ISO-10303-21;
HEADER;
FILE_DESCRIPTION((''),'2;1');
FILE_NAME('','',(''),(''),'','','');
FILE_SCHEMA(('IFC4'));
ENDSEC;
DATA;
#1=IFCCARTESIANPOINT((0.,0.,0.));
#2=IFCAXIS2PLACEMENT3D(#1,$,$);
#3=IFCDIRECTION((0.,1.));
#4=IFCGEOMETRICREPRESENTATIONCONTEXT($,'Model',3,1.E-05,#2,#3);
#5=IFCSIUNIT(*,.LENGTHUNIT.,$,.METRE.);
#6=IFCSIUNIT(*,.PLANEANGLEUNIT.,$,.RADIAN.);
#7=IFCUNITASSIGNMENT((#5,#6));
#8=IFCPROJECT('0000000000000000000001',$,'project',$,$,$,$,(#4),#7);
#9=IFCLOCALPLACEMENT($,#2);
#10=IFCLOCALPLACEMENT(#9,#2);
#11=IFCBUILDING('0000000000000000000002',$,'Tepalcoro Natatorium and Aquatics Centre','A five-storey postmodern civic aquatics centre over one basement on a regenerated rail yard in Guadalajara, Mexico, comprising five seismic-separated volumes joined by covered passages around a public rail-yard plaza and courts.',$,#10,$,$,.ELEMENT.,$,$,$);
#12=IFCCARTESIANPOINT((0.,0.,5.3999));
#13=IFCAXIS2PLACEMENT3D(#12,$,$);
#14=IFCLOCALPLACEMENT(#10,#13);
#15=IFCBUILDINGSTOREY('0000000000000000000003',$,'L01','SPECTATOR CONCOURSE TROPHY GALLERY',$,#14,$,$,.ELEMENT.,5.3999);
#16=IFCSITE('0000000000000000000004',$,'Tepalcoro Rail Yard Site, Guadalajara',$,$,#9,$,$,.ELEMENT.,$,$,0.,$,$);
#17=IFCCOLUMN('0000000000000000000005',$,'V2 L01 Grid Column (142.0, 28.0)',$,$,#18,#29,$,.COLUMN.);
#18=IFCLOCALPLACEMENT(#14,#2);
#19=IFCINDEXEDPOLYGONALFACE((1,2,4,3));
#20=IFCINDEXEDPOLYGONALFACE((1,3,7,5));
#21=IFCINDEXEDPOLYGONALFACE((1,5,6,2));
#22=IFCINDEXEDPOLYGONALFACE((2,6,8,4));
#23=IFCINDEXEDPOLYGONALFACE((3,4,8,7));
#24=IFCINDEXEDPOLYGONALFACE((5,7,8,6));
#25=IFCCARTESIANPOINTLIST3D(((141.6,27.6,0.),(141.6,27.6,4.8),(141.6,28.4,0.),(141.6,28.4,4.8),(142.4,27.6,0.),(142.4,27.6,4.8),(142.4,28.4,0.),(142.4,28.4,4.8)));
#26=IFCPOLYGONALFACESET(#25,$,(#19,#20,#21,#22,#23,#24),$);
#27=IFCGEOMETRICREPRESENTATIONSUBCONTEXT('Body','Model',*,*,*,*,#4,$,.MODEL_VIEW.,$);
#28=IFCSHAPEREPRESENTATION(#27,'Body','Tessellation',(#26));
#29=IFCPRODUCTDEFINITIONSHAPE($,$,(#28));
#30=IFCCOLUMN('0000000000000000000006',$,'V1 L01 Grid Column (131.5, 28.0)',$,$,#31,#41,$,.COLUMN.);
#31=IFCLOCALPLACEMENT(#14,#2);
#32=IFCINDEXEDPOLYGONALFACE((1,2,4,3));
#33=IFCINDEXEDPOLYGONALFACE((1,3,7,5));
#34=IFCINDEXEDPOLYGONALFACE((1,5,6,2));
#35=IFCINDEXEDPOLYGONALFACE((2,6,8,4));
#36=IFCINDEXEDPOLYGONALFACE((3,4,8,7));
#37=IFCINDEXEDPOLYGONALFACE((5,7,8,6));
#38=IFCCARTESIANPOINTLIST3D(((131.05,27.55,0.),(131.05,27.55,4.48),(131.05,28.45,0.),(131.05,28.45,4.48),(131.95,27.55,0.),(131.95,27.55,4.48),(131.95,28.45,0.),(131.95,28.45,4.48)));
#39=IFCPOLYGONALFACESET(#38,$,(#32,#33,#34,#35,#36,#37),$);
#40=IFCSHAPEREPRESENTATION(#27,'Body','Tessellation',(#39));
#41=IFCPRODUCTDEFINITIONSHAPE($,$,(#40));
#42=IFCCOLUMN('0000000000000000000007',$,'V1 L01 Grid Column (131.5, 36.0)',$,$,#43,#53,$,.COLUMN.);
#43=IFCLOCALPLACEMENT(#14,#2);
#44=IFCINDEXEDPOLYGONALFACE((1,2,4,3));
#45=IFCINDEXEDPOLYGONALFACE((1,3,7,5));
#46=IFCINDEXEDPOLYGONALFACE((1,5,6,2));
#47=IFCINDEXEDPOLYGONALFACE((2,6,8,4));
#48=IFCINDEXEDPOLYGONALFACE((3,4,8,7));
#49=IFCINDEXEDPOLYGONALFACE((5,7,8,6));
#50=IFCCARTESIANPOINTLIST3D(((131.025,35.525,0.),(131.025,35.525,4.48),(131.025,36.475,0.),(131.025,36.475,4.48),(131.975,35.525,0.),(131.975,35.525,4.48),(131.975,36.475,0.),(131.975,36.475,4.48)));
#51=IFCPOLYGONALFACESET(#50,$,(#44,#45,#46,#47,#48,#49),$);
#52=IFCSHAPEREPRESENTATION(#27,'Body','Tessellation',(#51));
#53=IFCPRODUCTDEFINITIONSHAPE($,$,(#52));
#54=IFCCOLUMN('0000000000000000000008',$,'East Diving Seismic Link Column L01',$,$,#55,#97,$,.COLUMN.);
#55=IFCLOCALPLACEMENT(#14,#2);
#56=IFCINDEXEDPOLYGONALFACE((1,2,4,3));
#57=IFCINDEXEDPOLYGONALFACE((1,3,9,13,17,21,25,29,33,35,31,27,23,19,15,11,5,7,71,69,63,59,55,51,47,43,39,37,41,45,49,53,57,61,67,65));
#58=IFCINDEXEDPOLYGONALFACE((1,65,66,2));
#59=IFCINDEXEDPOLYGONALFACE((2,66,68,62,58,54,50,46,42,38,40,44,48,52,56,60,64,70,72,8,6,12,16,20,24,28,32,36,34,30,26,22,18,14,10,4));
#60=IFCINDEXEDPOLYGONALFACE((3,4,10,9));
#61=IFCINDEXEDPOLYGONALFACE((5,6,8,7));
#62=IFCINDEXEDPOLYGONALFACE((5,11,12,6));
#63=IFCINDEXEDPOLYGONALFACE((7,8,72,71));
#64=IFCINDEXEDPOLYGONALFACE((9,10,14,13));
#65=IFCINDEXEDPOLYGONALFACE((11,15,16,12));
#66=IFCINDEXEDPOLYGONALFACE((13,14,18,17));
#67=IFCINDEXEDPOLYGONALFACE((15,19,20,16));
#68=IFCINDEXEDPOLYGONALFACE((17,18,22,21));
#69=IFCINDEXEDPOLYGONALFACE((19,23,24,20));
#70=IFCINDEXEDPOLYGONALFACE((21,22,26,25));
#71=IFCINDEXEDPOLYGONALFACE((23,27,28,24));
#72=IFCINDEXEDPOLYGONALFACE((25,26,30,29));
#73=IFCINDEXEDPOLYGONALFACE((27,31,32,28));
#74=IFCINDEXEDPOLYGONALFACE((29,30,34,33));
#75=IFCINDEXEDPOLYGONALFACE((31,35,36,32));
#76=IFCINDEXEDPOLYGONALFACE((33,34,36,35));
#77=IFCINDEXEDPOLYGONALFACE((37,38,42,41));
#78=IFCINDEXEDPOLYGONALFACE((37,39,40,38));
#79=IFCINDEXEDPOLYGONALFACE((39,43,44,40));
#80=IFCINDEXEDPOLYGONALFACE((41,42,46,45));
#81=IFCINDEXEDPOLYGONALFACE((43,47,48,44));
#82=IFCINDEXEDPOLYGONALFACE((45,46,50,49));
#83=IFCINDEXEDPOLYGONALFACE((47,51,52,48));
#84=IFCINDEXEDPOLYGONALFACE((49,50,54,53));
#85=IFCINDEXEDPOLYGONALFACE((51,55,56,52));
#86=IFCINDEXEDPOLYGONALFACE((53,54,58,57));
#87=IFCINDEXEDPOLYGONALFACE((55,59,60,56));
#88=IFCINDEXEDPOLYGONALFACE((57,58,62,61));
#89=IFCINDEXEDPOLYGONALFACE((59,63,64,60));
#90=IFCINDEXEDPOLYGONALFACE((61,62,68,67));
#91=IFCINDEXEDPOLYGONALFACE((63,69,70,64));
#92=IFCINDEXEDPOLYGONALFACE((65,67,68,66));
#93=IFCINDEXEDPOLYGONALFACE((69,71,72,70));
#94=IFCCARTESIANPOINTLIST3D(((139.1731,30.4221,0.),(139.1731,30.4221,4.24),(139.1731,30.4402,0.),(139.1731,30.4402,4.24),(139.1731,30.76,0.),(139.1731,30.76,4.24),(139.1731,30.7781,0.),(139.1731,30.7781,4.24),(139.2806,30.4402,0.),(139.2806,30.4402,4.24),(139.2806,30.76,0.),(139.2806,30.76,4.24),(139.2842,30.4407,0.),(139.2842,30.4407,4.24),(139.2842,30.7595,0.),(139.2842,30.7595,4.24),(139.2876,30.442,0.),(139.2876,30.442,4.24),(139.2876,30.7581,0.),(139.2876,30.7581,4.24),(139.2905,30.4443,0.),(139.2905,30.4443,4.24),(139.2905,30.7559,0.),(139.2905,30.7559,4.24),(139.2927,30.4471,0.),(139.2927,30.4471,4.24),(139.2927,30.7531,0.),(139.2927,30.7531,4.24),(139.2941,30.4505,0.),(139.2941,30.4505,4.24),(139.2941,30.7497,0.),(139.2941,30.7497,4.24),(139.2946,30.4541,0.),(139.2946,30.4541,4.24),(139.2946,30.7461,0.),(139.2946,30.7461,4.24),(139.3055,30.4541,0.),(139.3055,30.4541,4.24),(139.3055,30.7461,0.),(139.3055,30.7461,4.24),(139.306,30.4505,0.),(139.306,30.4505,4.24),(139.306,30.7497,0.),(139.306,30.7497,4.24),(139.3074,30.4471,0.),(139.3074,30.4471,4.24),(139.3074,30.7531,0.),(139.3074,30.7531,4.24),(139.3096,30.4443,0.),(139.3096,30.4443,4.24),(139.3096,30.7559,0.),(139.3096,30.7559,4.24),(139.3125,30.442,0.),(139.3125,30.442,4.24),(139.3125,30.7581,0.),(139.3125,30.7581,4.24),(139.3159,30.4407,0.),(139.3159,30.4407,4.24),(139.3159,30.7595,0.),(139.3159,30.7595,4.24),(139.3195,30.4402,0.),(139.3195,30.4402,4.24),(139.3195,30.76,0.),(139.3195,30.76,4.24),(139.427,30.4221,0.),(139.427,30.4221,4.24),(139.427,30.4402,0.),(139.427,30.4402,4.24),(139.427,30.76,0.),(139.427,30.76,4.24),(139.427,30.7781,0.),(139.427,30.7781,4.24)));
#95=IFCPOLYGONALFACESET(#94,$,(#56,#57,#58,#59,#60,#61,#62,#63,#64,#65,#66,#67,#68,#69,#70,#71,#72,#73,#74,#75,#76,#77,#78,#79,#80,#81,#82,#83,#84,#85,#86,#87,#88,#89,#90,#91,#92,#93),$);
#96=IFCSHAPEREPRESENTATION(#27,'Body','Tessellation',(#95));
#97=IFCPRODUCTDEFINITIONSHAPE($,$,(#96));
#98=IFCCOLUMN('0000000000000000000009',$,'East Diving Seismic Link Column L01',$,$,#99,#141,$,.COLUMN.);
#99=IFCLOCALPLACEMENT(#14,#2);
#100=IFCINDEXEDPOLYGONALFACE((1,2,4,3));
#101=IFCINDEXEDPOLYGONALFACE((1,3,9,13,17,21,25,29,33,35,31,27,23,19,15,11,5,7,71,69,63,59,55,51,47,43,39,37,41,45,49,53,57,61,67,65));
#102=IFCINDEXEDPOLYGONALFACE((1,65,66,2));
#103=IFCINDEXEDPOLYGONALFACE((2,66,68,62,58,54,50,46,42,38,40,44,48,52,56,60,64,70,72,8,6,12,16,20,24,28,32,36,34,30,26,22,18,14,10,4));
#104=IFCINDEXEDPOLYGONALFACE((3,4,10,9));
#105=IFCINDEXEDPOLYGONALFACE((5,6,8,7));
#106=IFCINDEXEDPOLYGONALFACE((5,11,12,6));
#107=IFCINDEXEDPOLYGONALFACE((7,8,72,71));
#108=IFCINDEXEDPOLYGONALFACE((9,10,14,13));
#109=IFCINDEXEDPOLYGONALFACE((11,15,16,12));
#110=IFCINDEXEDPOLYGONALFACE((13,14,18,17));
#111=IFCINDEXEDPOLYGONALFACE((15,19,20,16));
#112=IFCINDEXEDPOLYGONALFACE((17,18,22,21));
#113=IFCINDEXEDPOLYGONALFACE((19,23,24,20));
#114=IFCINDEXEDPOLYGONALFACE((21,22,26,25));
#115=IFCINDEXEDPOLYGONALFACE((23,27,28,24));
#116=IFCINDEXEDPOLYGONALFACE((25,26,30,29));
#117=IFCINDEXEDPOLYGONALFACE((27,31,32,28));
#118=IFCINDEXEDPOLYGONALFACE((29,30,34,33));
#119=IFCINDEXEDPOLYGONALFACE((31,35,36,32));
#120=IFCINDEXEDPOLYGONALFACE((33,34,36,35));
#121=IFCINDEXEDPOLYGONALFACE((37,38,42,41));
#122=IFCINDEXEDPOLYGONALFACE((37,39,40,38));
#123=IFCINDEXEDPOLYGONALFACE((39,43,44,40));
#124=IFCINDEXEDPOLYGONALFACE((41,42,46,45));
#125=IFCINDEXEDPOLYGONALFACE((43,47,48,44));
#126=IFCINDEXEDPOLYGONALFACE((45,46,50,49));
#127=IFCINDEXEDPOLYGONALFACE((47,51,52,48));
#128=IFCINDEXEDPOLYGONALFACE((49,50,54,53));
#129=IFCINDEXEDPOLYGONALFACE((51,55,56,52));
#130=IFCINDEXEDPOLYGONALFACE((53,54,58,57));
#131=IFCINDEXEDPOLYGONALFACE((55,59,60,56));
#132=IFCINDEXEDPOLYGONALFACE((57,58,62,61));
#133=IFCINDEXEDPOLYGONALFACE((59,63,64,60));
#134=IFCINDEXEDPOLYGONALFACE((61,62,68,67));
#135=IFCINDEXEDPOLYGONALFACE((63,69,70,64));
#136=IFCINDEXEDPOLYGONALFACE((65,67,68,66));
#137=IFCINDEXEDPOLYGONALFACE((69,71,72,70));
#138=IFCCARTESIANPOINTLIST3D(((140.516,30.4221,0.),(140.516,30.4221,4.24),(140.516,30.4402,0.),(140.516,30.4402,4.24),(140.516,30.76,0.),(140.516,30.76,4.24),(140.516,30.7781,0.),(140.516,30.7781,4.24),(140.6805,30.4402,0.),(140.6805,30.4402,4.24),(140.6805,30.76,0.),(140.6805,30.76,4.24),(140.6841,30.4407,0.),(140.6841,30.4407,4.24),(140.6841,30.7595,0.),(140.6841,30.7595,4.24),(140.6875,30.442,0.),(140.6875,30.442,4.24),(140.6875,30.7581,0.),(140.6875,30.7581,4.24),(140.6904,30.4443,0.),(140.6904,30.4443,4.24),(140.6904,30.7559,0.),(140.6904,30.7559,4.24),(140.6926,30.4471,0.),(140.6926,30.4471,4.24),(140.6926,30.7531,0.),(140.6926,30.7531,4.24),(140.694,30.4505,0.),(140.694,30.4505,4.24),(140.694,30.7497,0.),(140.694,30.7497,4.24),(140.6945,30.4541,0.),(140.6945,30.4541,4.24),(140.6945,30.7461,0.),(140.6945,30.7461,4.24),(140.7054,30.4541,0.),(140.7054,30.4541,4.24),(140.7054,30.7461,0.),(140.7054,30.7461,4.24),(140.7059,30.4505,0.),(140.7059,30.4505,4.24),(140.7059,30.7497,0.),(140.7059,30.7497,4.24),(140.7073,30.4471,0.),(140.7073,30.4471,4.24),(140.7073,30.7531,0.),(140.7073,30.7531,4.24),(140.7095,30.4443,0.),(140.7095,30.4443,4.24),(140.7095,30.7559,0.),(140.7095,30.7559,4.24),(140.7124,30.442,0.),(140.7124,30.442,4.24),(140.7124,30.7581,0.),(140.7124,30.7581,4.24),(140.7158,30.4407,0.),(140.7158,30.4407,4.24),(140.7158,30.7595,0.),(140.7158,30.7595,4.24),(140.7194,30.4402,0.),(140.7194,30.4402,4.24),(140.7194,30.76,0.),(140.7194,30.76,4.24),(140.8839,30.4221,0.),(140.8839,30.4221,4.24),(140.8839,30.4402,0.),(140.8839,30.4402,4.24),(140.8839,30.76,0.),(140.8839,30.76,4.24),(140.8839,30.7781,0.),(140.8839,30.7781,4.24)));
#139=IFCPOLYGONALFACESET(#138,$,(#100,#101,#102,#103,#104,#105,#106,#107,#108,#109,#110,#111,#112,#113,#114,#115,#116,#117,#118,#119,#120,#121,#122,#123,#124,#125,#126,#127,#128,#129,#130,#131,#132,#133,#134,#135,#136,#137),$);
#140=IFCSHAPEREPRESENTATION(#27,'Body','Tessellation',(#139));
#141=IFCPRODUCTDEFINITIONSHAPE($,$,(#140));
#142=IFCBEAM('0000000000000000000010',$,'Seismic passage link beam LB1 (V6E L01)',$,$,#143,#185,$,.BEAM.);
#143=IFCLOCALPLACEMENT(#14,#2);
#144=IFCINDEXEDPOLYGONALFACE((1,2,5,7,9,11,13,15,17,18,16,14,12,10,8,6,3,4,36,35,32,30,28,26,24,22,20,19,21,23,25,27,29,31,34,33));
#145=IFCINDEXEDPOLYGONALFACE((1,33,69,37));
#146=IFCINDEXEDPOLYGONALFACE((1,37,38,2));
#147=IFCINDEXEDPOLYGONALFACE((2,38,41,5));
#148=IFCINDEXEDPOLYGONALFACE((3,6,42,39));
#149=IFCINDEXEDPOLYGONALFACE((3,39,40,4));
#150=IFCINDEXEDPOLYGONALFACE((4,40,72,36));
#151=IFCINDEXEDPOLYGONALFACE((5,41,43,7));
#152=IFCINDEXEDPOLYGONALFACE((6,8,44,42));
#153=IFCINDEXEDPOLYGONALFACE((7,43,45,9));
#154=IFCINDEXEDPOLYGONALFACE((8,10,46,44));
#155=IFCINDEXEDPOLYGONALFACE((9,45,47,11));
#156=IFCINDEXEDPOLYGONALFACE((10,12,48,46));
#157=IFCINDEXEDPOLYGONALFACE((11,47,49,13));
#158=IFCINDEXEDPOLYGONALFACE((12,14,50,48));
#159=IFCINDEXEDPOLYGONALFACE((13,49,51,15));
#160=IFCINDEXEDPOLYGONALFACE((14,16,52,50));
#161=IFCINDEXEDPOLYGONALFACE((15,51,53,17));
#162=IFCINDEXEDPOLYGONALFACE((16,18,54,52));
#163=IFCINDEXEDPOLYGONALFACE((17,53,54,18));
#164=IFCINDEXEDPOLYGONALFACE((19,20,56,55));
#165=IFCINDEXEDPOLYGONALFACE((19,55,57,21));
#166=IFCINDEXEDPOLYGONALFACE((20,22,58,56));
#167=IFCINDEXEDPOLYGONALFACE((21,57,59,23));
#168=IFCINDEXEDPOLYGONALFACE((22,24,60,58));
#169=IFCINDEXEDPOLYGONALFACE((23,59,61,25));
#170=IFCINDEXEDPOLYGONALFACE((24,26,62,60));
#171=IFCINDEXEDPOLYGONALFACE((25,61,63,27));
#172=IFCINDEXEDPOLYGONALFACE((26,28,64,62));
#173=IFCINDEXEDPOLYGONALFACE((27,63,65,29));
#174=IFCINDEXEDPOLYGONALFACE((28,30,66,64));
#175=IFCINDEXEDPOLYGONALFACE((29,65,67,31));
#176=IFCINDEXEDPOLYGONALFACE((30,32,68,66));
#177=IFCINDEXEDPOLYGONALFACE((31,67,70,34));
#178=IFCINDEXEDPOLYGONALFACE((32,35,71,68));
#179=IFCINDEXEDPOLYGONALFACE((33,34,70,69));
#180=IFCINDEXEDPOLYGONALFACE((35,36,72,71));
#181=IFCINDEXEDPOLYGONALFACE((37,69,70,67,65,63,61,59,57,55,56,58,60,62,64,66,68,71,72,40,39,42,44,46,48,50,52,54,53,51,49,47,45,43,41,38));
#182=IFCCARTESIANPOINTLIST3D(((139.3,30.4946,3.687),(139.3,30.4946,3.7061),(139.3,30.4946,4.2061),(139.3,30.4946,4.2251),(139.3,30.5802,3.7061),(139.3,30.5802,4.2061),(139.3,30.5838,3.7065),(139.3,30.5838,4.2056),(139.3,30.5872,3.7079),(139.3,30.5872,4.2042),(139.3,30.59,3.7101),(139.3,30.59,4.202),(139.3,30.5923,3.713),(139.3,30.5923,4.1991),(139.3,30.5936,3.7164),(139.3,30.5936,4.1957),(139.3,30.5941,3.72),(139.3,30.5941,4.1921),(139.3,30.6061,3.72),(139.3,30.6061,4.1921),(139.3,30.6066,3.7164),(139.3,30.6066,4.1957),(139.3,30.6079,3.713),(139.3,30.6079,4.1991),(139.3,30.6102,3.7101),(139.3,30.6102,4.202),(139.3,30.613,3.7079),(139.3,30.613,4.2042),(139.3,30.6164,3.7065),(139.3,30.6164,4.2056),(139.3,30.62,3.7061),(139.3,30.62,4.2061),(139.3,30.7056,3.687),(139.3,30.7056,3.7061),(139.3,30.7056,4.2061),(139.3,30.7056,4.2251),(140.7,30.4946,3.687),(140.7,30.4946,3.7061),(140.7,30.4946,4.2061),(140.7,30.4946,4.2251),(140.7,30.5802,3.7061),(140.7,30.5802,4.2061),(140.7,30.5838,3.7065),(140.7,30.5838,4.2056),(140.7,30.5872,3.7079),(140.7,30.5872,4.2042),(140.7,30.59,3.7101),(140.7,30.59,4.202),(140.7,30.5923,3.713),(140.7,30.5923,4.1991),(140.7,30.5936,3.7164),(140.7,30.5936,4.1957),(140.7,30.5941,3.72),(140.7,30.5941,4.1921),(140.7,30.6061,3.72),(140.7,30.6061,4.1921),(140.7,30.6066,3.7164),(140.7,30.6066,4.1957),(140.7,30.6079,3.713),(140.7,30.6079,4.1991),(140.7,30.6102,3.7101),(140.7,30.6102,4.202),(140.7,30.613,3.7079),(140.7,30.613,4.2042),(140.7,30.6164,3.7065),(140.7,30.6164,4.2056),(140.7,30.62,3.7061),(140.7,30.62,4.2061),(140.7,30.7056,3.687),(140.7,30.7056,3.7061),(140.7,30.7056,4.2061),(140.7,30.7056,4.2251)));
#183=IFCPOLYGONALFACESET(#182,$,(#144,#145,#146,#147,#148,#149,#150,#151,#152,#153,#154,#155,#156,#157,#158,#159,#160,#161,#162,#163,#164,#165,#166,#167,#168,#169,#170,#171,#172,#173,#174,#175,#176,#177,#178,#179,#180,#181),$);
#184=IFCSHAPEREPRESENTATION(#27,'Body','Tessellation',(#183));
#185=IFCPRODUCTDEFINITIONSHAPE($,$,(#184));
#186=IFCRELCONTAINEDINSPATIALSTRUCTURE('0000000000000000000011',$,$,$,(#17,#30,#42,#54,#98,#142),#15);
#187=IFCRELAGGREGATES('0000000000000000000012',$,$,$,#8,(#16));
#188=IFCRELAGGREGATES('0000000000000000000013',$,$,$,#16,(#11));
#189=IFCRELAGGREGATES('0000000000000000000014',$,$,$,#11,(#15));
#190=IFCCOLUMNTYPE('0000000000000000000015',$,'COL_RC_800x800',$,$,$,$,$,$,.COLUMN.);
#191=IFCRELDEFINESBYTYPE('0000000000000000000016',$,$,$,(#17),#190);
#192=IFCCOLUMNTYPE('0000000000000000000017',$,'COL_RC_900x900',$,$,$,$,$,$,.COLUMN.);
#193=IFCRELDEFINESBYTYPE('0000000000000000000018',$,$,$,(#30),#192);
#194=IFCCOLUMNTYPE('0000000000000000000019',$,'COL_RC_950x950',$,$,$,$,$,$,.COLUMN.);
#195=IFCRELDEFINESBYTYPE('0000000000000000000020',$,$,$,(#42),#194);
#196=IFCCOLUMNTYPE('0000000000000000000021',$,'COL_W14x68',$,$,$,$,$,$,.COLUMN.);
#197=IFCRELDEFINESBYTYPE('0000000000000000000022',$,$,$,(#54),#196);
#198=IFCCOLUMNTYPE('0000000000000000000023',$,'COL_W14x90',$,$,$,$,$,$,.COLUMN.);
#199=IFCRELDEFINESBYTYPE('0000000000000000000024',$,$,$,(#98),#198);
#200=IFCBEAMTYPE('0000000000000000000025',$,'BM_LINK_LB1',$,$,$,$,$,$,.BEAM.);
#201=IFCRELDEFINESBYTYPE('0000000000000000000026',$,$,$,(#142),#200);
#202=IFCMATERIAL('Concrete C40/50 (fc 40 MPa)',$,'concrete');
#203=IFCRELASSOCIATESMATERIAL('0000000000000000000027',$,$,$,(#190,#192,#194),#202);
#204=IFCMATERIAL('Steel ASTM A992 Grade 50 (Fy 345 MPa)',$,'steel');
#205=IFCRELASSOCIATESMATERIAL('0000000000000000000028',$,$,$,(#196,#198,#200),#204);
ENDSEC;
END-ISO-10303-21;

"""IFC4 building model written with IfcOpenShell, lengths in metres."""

from ifc_helpers import new_model, si_unit, direction, frame, origin, origin_2d, place, context, subcontext, project, spatial, rectangle, i_section, extrude, material, material_profile, profile_set, type_object, element, save


model = new_model("IFC4")

# Units and contexts
model_context = context("Model", 3, precision=1e-05, world=origin(), true_north=direction((0.0, 1.0)))
body_context = subcontext(model_context, "Body", "Model", "MODEL_VIEW")
ifc_project = project(units=[si_unit("LENGTHUNIT", "METRE"), si_unit("PLANEANGLEUNIT", "RADIAN")], contexts=[model_context])

# Site, building, storey
site_placement = place(None, origin())
site = spatial("IfcSite", under=ifc_project, at=site_placement, Name="Tepalcoro Rail Yard Site, Guadalajara", CompositionType="ELEMENT", RefElevation=0.0)
building_placement = place(site_placement, origin())
building = spatial("IfcBuilding", under=site, at=building_placement, Name="Tepalcoro Natatorium and Aquatics Centre", Description="A five-storey postmodern civic aquatics centre over one basement on a regenerated rail yard in Guadalajara, Mexico, comprising five seismic-separated volumes joined by covered passages around a public rail-yard plaza and courts.", CompositionType="ELEMENT")
storey_placement = place(building_placement, frame((0.0, 0.0, 5.3999)))
storey = spatial("IfcBuildingStorey", under=building, at=storey_placement, Name="L01", Description="SPECTATOR CONCOURSE TROPHY GALLERY", CompositionType="ELEMENT", Elevation=5.3999)

# Columns
ifc_material_1 = material(Name="Concrete C40/50 (fc 40 MPa)", Category="concrete")
ifc_material_profile_1 = material_profile(ifc_material_1, rectangle(XDim=0.8, YDim=0.8, at=origin_2d()), Name="RC800x800")
ifc_profile_set_1 = profile_set([ifc_material_profile_1], Name="Concrete C40/50 (fc 40 MPa)")
column_type_1 = type_object("IfcColumnType", Name="COL_RC_800x800", PredefinedType="COLUMN", material=ifc_profile_set_1)
column_1_placement = place(storey_placement, frame((142.0, 28.0, 0.0), z_axis=(0.0, 0.0, 1.0), x_axis=(1.0, 0.0, 0.0)))
element("IfcColumn", 1, at=column_1_placement, inside=storey, type_object=column_type_1, Name="V2 L01 Grid Column (142.0, 28.0)", PredefinedType="COLUMN", context=body_context, shape_type="SweptSolid", body=[
    extrude(rectangle(XDim=0.8, YDim=0.8, at=origin_2d()), origin(), (0.0, 0.0, 1.0), 4.8),
])
ifc_material_profile_2 = material_profile(ifc_material_1, rectangle(XDim=0.8999, YDim=0.8999, at=origin_2d()), Name="RC900x900")
ifc_profile_set_2 = profile_set([ifc_material_profile_2], Name="Concrete C40/50 (fc 40 MPa)")
column_type_2 = type_object("IfcColumnType", Name="COL_RC_900x900", PredefinedType="COLUMN", material=ifc_profile_set_2)
column_2_placement = place(storey_placement, frame((131.5, 28.0, 0.0), z_axis=(0.0, 0.0, 1.0), x_axis=(1.0, 0.0, 0.0)))
element("IfcColumn", 2, at=column_2_placement, inside=storey, type_object=column_type_2, Name="V1 L01 Grid Column (131.5, 28.0)", PredefinedType="COLUMN", context=body_context, shape_type="SweptSolid", body=[
    extrude(rectangle(XDim=0.8999, YDim=0.8999, at=origin_2d()), origin(), (0.0, 0.0, 1.0), 4.48),
])
ifc_material_profile_3 = material_profile(ifc_material_1, rectangle(XDim=0.95, YDim=0.95, at=origin_2d()), Name="RC950x950")
ifc_profile_set_3 = profile_set([ifc_material_profile_3], Name="Concrete C40/50 (fc 40 MPa)")
column_type_3 = type_object("IfcColumnType", Name="COL_RC_950x950", PredefinedType="COLUMN", material=ifc_profile_set_3)
column_3_placement = place(storey_placement, frame((131.5, 36.0, 0.0), z_axis=(0.0, 0.0, 1.0), x_axis=(1.0, 0.0, 0.0)))
element("IfcColumn", 3, at=column_3_placement, inside=storey, type_object=column_type_3, Name="V1 L01 Grid Column (131.5, 36.0)", PredefinedType="COLUMN", context=body_context, shape_type="SweptSolid", body=[
    extrude(rectangle(XDim=0.95, YDim=0.95, at=origin_2d()), origin(), (0.0, 0.0, 1.0), 4.48),
])
ifc_material_2 = material(Name="Steel ASTM A992 Grade 50 (Fy 345 MPa)", Category="steel")
ifc_material_profile_4 = material_profile(ifc_material_2, i_section(OverallWidth=0.2539, OverallDepth=0.356, WebThickness=0.011, FlangeThickness=0.0181, FilletRadius=0.0139, at=origin_2d()), Name="W14X68")
ifc_profile_set_4 = profile_set([ifc_material_profile_4], Name="Steel ASTM A992 Grade 50 (Fy 345 MPa)")
column_type_4 = type_object("IfcColumnType", Name="COL_W14x68", PredefinedType="COLUMN", material=ifc_profile_set_4)
column_4_placement = place(storey_placement, frame((139.3, 30.6001, 0.0), z_axis=(0.0, 0.0, 1.0), x_axis=(1.0, 0.0, 0.0)))
element("IfcColumn", 4, at=column_4_placement, inside=storey, type_object=column_type_4, Name="East Diving Seismic Link Column L01", PredefinedType="COLUMN", context=body_context, shape_type="SweptSolid", body=[
    extrude(i_section(OverallWidth=0.2539, OverallDepth=0.356, WebThickness=0.011, FlangeThickness=0.0181, FilletRadius=0.0139, at=origin_2d()), origin(), (0.0, 0.0, 1.0), 4.24),
])
ifc_material_profile_5 = material_profile(ifc_material_2, i_section(OverallWidth=0.3679, OverallDepth=0.356, WebThickness=0.011, FlangeThickness=0.0181, FilletRadius=0.0139, at=origin_2d()), Name="W14X90")
ifc_profile_set_5 = profile_set([ifc_material_profile_5], Name="Steel ASTM A992 Grade 50 (Fy 345 MPa)")
column_type_5 = type_object("IfcColumnType", Name="COL_W14x90", PredefinedType="COLUMN", material=ifc_profile_set_5)
column_5_placement = place(storey_placement, frame((140.7, 30.6001, 0.0), z_axis=(0.0, 0.0, 1.0), x_axis=(1.0, 0.0, 0.0)))
element("IfcColumn", 5, at=column_5_placement, inside=storey, type_object=column_type_5, Name="East Diving Seismic Link Column L01", PredefinedType="COLUMN", context=body_context, shape_type="SweptSolid", body=[
    extrude(i_section(OverallWidth=0.3679, OverallDepth=0.356, WebThickness=0.011, FlangeThickness=0.0181, FilletRadius=0.0139, at=origin_2d()), origin(), (0.0, 0.0, 1.0), 4.24),
])

# Beam
ifc_material_profile_6 = material_profile(ifc_material_2, i_section(OverallWidth=0.2109, OverallDepth=0.5381, WebThickness=0.012, FlangeThickness=0.019, FilletRadius=0.0139, at=origin_2d()), Name="W21X73")
ifc_profile_set_6 = profile_set([ifc_material_profile_6], Name="Steel ASTM A992 Grade 50 (Fy 345 MPa)")
beam_type_1 = type_object("IfcBeamType", Name="BM_LINK_LB1", PredefinedType="BEAM", material=ifc_profile_set_6)
beam_1_placement = place(storey_placement, frame((139.3, 30.6001, 3.9561), z_axis=(1.0, 0.0, 0.0), x_axis=(0.0, 1.0, 0.0)))
element("IfcBeam", 6, at=beam_1_placement, inside=storey, type_object=beam_type_1, Name="Seismic passage link beam LB1 (V6E L01)", PredefinedType="BEAM", context=body_context, shape_type="SweptSolid", body=[
    extrude(i_section(OverallWidth=0.2109, OverallDepth=0.5381, WebThickness=0.012, FlangeThickness=0.019, FilletRadius=0.0139, at=origin_2d()), origin(), (0.0, 0.0, 1.0), 1.3999),
])

save(model, "model.ifc")
